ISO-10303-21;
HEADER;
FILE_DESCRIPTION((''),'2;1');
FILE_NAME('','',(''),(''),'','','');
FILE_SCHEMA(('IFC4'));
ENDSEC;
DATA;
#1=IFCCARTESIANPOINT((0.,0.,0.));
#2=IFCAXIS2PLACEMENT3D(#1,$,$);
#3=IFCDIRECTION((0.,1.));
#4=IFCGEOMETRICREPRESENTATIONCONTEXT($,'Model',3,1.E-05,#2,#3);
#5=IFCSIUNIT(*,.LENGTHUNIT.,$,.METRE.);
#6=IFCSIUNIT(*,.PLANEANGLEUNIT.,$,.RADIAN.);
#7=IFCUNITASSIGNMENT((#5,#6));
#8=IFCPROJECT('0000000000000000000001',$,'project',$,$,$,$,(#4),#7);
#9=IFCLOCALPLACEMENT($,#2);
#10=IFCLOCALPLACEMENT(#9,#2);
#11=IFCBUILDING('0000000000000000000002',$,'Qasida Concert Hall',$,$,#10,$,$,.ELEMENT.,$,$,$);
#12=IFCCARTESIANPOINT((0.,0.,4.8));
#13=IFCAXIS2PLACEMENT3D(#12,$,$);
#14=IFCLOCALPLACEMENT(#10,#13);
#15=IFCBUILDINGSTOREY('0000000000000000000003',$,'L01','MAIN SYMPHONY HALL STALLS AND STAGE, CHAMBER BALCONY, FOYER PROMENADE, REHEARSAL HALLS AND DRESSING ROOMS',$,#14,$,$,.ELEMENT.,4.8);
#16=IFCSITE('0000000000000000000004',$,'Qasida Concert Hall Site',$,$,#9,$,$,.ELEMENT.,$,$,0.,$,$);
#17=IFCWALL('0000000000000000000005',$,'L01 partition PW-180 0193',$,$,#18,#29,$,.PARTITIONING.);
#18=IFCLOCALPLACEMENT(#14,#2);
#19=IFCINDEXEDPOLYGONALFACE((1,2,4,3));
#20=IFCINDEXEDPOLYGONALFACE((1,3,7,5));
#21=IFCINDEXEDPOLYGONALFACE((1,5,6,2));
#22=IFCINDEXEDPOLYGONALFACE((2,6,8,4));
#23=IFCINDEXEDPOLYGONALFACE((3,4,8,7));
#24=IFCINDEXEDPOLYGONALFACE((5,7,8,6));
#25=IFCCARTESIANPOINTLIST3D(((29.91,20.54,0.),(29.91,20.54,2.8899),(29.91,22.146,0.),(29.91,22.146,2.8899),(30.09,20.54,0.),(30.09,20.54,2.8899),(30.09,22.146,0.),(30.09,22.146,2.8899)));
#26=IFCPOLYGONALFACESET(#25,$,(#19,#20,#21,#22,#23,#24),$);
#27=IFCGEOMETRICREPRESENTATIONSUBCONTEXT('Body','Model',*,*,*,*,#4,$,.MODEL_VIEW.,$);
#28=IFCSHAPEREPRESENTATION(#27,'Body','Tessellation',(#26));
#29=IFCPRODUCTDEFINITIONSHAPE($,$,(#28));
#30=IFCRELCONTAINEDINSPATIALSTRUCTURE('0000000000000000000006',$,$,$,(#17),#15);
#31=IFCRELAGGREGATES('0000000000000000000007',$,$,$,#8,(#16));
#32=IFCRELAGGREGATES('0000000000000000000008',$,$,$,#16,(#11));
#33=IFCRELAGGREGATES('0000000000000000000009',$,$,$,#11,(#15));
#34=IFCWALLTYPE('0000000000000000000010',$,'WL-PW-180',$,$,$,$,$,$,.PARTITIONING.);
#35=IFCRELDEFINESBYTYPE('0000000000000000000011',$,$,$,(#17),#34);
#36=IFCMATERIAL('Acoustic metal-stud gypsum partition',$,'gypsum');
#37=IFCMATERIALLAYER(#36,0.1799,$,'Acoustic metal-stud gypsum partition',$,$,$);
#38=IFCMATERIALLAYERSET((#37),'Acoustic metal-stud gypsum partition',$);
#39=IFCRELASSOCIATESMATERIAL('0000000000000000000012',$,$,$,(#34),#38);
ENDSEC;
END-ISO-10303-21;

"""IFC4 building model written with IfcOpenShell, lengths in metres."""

from ifc_helpers import new_model, si_unit, direction, frame, frame_2d, origin, place, context, subcontext, project, spatial, rectangle, extrude, material, layer, layer_set, type_object, element, save


model = new_model("IFC4")

# Units and contexts
model_context = context("Model", 3, precision=1e-05, world=origin(), true_north=direction((0.0, 1.0)))
body_context = subcontext(model_context, "Body", "Model", "MODEL_VIEW")
ifc_project = project(units=[si_unit("LENGTHUNIT", "METRE"), si_unit("PLANEANGLEUNIT", "RADIAN")], contexts=[model_context])

# Site, building, storey
site_placement = place(None, origin())
site = spatial("IfcSite", under=ifc_project, at=site_placement, Name="Qasida Concert Hall Site", CompositionType="ELEMENT", RefElevation=0.0)
building_placement = place(site_placement, origin())
building = spatial("IfcBuilding", under=site, at=building_placement, Name="Qasida Concert Hall", CompositionType="ELEMENT")
storey_placement = place(building_placement, frame((0.0, 0.0, 4.8)))
storey = spatial("IfcBuildingStorey", under=building, at=storey_placement, Name="L01", Description="MAIN SYMPHONY HALL STALLS AND STAGE, CHAMBER BALCONY, FOYER PROMENADE, REHEARSAL HALLS AND DRESSING ROOMS", CompositionType="ELEMENT", Elevation=4.8)

# Shared definitions
ifc_material_1 = material(Name="Acoustic metal-stud gypsum partition", Category="gypsum")
ifc_layer_1 = layer(ifc_material_1, 0.1799, Name="Acoustic metal-stud gypsum partition")
ifc_layer_set_1 = layer_set([ifc_layer_1], Name="Acoustic metal-stud gypsum partition")
wall_type = type_object("IfcWallType", Name="WL-PW-180", PredefinedType="PARTITIONING", material=ifc_layer_set_1)

# Wall
wall_1_placement = place(storey_placement, frame((30.0, 20.54, 0.0), z_axis=(0.0, 0.0, 1.0), x_axis=(0.0, 1.0, 0.0)))
element("IfcWall", 1, at=wall_1_placement, inside=storey, type_object=wall_type, Name="L01 partition PW-180 0193", PredefinedType="PARTITIONING", context=body_context, shape_type="SweptSolid", body=[
    extrude(rectangle(XDim=1.606, YDim=0.1799, at=frame_2d((0.803, 0.0))), origin(), (0.0, 0.0, 1.0), 2.8899),
])

save(model, "model.ifc")
